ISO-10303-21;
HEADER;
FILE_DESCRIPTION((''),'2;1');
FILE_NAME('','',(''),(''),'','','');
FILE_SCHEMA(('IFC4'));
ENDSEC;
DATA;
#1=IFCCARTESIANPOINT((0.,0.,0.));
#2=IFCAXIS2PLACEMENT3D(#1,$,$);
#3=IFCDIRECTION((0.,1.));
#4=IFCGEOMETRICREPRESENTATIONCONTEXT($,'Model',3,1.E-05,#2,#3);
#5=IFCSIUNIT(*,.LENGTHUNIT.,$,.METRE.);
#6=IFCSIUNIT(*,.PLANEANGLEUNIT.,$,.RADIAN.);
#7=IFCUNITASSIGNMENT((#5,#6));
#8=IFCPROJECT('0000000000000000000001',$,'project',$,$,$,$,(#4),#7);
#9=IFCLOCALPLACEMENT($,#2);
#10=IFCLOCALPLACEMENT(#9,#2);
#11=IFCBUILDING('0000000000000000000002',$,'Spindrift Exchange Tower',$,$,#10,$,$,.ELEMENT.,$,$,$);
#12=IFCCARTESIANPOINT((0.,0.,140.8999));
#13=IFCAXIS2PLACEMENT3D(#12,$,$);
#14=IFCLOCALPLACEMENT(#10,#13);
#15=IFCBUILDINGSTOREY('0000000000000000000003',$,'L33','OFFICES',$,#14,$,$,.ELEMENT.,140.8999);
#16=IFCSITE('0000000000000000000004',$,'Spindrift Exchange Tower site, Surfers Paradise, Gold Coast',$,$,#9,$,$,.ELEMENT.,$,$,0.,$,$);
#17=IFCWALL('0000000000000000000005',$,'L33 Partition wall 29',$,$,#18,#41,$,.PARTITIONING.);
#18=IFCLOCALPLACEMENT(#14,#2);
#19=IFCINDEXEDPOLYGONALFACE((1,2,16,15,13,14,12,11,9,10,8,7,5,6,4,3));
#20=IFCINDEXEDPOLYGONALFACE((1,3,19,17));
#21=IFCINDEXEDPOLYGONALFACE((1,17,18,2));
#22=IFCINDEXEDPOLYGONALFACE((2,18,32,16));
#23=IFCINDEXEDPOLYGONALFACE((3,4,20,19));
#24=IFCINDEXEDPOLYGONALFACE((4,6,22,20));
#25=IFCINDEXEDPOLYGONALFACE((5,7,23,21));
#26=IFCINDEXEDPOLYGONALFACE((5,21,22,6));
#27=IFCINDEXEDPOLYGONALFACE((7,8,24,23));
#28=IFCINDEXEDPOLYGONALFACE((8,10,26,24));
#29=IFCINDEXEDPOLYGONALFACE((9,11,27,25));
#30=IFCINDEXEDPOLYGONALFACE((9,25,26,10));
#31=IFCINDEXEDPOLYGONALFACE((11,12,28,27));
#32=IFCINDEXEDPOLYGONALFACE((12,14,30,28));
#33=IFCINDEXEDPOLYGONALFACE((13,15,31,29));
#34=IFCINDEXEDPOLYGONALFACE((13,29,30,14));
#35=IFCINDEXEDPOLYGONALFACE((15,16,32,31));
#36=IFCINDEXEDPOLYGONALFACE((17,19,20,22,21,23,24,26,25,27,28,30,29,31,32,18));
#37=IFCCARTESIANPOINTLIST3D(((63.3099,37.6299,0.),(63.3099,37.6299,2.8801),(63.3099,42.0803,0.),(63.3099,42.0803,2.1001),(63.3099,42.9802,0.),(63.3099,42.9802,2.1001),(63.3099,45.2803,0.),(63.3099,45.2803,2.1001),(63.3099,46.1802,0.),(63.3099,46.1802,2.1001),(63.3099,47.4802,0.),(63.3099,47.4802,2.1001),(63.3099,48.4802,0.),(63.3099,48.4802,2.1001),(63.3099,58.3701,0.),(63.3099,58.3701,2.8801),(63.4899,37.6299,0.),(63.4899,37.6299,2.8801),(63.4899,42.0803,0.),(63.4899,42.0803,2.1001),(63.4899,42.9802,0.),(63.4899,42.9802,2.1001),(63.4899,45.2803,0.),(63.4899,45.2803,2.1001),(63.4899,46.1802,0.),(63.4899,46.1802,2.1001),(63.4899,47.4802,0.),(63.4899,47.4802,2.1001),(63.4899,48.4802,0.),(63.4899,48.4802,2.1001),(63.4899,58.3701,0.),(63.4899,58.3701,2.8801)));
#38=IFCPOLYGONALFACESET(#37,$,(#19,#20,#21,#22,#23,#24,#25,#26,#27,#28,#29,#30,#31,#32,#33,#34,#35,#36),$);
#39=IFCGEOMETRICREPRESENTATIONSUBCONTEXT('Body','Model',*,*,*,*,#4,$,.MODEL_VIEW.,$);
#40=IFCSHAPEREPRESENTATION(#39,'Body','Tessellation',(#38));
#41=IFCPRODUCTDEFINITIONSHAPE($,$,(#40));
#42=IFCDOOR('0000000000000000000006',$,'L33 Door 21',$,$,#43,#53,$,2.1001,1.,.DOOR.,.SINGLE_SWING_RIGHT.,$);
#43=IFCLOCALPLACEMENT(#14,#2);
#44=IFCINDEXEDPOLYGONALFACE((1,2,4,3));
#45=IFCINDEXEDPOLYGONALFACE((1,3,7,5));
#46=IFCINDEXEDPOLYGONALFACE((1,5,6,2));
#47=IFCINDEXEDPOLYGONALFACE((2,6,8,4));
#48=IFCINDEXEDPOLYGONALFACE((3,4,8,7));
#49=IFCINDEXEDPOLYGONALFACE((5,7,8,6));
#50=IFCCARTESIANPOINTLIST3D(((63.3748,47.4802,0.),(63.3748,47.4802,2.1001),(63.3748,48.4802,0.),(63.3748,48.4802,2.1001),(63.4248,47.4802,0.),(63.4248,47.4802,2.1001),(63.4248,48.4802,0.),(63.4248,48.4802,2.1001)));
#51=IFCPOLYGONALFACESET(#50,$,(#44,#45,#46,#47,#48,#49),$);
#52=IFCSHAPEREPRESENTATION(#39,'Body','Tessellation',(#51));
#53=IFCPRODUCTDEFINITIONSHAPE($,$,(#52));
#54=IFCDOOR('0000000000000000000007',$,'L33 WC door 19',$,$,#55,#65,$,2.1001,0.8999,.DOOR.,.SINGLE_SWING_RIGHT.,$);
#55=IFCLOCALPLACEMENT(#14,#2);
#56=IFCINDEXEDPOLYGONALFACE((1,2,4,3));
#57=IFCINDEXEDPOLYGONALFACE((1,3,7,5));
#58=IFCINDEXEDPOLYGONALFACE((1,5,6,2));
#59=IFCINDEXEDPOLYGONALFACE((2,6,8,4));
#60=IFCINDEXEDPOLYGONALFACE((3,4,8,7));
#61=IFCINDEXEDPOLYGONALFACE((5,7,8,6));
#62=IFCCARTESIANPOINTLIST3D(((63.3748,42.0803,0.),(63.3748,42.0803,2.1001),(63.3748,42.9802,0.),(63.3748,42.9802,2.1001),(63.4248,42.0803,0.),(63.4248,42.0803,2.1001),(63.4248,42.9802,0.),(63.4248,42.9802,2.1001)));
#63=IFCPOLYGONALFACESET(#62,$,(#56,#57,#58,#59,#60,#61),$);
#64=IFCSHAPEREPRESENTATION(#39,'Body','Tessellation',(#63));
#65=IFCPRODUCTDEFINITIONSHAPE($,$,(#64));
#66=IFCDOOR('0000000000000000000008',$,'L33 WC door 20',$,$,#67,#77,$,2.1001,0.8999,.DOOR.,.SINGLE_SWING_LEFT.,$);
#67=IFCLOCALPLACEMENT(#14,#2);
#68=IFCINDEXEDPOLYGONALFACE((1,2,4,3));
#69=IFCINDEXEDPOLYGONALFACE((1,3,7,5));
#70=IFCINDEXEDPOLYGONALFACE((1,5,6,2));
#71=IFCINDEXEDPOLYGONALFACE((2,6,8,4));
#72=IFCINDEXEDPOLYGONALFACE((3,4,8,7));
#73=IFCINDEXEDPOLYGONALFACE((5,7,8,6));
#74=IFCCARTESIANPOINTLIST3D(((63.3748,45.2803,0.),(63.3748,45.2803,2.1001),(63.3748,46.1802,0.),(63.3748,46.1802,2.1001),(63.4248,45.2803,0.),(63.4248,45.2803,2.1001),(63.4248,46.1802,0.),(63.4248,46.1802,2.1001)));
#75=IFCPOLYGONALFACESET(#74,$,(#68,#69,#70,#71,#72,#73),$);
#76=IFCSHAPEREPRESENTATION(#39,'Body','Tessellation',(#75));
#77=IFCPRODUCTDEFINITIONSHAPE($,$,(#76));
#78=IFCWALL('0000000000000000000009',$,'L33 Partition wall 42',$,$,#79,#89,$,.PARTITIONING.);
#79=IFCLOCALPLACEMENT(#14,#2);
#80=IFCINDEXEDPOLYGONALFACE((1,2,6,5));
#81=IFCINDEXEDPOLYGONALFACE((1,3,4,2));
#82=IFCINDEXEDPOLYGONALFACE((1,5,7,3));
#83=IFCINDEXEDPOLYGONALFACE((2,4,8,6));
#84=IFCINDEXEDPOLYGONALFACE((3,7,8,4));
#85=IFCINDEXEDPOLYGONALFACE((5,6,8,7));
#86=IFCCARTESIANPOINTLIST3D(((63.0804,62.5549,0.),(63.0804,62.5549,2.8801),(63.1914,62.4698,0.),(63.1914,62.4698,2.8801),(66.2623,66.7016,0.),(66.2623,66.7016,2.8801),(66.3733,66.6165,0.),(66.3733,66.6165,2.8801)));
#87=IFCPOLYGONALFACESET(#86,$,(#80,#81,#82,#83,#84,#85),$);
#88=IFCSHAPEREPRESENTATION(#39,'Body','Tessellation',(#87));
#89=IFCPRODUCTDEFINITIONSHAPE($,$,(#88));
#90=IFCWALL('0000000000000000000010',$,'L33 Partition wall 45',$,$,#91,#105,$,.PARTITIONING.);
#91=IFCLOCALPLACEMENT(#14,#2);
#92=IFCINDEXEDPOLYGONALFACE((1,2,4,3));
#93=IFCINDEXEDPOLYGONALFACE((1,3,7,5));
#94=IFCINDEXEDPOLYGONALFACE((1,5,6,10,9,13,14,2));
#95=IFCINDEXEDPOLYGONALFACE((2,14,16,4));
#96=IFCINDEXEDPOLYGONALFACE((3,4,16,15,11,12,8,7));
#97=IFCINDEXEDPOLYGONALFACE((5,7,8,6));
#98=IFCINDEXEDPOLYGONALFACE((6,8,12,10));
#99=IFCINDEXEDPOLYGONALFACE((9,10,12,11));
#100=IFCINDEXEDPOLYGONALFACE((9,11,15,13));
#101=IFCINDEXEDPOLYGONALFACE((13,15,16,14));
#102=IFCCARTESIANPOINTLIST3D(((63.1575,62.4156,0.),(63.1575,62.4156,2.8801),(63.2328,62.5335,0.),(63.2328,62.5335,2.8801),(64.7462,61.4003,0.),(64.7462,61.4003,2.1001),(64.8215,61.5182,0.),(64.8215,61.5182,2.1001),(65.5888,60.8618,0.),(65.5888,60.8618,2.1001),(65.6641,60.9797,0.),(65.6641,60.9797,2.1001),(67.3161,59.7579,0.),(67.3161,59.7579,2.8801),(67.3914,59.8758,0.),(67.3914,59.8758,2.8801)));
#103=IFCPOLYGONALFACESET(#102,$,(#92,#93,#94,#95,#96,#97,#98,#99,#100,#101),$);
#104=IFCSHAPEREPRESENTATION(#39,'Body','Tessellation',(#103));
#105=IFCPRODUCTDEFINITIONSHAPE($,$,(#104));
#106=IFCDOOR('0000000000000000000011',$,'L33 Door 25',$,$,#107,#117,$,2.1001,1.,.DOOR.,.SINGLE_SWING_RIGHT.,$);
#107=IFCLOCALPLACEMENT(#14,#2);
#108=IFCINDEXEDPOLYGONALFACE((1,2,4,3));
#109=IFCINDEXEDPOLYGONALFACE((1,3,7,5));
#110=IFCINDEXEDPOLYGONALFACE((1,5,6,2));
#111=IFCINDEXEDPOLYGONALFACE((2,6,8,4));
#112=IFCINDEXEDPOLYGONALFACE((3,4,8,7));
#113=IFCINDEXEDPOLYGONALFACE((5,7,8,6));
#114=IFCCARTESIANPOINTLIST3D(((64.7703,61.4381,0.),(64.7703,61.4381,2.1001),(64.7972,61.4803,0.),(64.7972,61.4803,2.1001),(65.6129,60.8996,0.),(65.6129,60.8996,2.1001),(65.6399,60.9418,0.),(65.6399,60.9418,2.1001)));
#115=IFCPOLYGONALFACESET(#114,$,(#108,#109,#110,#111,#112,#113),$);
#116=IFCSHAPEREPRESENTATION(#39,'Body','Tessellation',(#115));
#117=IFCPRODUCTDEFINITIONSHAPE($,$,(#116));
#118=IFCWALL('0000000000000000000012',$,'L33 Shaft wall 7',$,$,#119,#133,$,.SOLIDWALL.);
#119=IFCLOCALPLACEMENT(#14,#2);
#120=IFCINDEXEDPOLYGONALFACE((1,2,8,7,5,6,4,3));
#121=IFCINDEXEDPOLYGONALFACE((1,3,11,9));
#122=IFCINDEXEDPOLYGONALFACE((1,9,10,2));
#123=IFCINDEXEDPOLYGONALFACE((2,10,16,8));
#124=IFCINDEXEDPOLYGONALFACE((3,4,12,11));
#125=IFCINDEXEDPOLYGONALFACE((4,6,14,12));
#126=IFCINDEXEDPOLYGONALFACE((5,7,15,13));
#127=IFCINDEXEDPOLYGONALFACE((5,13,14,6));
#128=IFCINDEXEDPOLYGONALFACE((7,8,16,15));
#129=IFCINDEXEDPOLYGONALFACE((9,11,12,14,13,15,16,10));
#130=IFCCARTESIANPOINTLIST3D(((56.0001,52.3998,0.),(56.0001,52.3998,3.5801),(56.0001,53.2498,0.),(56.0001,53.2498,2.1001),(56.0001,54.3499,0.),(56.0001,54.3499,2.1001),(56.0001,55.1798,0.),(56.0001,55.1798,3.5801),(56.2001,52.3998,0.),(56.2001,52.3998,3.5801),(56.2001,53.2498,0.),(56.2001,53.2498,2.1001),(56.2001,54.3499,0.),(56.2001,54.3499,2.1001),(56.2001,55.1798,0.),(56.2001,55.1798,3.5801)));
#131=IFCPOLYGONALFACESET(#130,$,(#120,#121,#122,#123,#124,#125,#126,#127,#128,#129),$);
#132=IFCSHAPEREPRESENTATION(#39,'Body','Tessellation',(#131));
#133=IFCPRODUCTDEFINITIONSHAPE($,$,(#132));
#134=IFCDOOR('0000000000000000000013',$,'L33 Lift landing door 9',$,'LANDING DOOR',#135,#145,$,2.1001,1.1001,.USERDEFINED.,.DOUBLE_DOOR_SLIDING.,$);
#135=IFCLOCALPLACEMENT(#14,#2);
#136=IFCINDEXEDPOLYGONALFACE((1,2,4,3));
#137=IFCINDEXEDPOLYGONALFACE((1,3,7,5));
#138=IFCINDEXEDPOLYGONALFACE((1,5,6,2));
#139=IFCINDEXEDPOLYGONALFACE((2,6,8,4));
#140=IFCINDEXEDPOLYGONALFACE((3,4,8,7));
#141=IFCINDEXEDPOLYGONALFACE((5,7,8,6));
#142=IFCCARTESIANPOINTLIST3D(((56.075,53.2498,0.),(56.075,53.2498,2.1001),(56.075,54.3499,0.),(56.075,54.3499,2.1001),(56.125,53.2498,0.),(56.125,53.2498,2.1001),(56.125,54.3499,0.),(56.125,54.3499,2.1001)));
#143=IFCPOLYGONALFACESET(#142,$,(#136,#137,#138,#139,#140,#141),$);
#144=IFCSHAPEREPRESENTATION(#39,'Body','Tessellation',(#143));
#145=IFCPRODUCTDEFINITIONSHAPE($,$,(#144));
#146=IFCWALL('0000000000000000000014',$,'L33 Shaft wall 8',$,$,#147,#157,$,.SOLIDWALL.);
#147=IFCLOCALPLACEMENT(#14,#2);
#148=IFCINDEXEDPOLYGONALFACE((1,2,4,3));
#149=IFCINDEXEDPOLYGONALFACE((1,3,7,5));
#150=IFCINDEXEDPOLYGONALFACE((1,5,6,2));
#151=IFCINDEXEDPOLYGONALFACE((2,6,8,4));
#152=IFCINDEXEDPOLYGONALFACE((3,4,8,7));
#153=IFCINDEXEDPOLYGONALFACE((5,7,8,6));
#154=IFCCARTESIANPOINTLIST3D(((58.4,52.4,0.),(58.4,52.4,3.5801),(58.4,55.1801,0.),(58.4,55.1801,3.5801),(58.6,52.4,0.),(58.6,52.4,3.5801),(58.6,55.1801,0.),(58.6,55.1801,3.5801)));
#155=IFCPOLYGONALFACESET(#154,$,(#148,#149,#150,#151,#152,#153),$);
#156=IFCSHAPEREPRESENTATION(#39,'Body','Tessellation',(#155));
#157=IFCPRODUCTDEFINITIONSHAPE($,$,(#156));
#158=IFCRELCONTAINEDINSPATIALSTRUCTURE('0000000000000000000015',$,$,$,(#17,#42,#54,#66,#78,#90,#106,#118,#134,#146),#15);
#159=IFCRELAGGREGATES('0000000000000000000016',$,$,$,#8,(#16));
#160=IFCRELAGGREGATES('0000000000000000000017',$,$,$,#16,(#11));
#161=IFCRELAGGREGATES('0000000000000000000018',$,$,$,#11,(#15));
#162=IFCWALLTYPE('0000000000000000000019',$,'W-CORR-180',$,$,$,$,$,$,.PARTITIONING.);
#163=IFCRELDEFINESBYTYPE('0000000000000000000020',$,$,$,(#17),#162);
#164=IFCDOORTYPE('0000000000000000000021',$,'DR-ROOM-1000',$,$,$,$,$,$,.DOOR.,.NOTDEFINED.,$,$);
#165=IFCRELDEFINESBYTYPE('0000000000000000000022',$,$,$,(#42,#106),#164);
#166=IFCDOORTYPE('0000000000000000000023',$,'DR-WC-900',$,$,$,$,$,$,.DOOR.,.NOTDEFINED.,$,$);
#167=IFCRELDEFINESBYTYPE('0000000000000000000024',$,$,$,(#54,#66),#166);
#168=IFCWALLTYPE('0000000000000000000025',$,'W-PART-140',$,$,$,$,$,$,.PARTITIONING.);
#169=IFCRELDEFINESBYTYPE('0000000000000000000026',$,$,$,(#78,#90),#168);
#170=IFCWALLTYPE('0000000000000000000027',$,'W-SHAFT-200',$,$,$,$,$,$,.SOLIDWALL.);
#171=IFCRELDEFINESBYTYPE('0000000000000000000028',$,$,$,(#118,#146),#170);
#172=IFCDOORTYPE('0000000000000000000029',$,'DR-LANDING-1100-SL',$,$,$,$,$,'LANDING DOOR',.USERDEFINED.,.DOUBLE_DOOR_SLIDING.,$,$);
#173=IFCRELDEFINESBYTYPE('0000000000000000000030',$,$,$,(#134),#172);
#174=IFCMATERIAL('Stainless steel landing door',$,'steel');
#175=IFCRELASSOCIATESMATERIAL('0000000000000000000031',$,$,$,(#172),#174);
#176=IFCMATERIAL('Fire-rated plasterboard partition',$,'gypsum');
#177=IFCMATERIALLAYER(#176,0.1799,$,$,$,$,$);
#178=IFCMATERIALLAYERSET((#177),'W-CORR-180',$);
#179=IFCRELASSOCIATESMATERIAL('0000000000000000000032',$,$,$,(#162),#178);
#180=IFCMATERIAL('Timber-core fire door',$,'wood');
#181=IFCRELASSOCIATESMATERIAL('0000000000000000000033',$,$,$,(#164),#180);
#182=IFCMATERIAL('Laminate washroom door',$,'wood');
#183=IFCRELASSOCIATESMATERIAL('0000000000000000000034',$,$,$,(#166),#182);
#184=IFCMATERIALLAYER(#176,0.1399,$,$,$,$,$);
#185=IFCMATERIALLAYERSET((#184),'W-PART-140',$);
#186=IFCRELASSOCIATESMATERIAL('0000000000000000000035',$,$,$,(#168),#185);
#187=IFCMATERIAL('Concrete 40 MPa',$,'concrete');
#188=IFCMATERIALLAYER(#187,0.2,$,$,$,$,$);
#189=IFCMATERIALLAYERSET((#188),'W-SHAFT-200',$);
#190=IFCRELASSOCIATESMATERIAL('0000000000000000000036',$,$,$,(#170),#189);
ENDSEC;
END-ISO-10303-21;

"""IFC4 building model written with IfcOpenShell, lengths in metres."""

from ifc_helpers import new_model, si_unit, direction, frame, frame_2d, origin, place, context, subcontext, project, spatial, rectangle, extrude, source, transform, mapped, material, layer, layer_set, type_object, element, fill, save


model = new_model("IFC4")

# Units and contexts
model_context = context("Model", 3, precision=1e-05, world=origin(), true_north=direction((0.0, 1.0)))
body_context = subcontext(model_context, "Body", "Model", "MODEL_VIEW")
ifc_project = project(units=[si_unit("LENGTHUNIT", "METRE"), si_unit("PLANEANGLEUNIT", "RADIAN")], contexts=[model_context])

# Site, building, storey
site_placement = place(None, origin())
site = spatial("IfcSite", under=ifc_project, at=site_placement, Name="Spindrift Exchange Tower site, Surfers Paradise, Gold Coast", CompositionType="ELEMENT", RefElevation=0.0)
building_placement = place(site_placement, origin())
building = spatial("IfcBuilding", under=site, at=building_placement, Name="Spindrift Exchange Tower", CompositionType="ELEMENT")
storey_placement = place(building_placement, frame((0.0, 0.0, 140.8999)))
storey = spatial("IfcBuildingStorey", under=building, at=storey_placement, Name="L33", Description="OFFICES", CompositionType="ELEMENT", Elevation=140.8999)

# Wall, openings, doors
ifc_material_1 = material(Name="Stainless steel landing door", Category="steel")
door_type_1 = type_object("IfcDoorType", Name="DR-LANDING-1100-SL", ElementType="LANDING DOOR", OperationType="DOUBLE_DOOR_SLIDING", PredefinedType="USERDEFINED", material=ifc_material_1)
shared_shape_1 = source(origin(), body_context, "Body", "SweptSolid", [
    extrude(rectangle(XDim=1.1001, YDim=2.1001, at=frame_2d((0.55, 1.05))), frame((0.0, 0.0249, 0.0), z_axis=(0.0, -1.0, 0.0), x_axis=(1.0, 0.0, 0.0)), (0.0, 0.0, 1.0), 0.05),
])
ifc_material_2 = material(Name="Timber-core fire door", Category="wood")
ifc_material_3 = material(Name="Fire-rated plasterboard partition", Category="gypsum")
ifc_layer_1 = layer(ifc_material_3, 0.1799)
ifc_layer_set_1 = layer_set([ifc_layer_1], Name="W-CORR-180")
wall_type_1 = type_object("IfcWallType", Name="W-CORR-180", PredefinedType="PARTITIONING", material=ifc_layer_set_1)
wall_1_placement = place(storey_placement, frame((63.3999, 58.3701, 0.0), z_axis=(0.0, 0.0, 1.0), x_axis=(0.0, -1.0, 0.0)))
wall_1 = element("IfcWall", 1, at=wall_1_placement, inside=storey, type_object=wall_type_1, Name="L33 Partition wall 29", PredefinedType="PARTITIONING", context=body_context, shape_type="SweptSolid", body=[
    extrude(rectangle(XDim=20.7402, YDim=0.1799, at=frame_2d((10.3701, 0.0))), origin(), (0.0, 0.0, 1.0), 2.8801),
])
opening_1_placement = place(wall_1_placement, frame((15.3899, 0.0, 0.0)))
opening_1 = element("IfcOpeningElement", 2, at=opening_1_placement, cuts=wall_1, PredefinedType="OPENING", context=body_context, shape_type="SweptSolid", body=[
    extrude(rectangle(XDim=0.8999, YDim=2.1001, at=frame_2d((0.45, 1.05))), frame((0.0, 0.0999, 0.0), z_axis=(0.0, -1.0, 0.0), x_axis=(1.0, 0.0, 0.0)), (0.0, 0.0, 1.0), 0.2),
])
opening_2_placement = place(wall_1_placement, frame((12.1899, 0.0, 0.0)))
opening_2 = element("IfcOpeningElement", 3, at=opening_2_placement, cuts=wall_1, PredefinedType="OPENING", context=body_context, shape_type="SweptSolid", body=[
    extrude(rectangle(XDim=0.8999, YDim=2.1001, at=frame_2d((0.45, 1.05))), frame((0.0, 0.0999, 0.0), z_axis=(0.0, -1.0, 0.0), x_axis=(1.0, 0.0, 0.0)), (0.0, 0.0, 1.0), 0.2),
])
opening_3_placement = place(wall_1_placement, frame((9.8899, 0.0, 0.0)))
opening_3 = element("IfcOpeningElement", 4, at=opening_3_placement, cuts=wall_1, PredefinedType="OPENING", context=body_context, shape_type="SweptSolid", body=[
    extrude(rectangle(XDim=1.0, YDim=2.1001, at=frame_2d((0.5, 1.05))), frame((0.0, 0.0999, 0.0), z_axis=(0.0, -1.0, 0.0), x_axis=(1.0, 0.0, 0.0)), (0.0, 0.0, 1.0), 0.2),
])
door_type_2 = type_object("IfcDoorType", Name="DR-ROOM-1000", OperationType="NOTDEFINED", PredefinedType="DOOR", material=ifc_material_2)
shared_shape_2 = source(origin(), body_context, "Body", "SweptSolid", [
    extrude(rectangle(XDim=1.0, YDim=2.1001, at=frame_2d((0.5, 1.05))), frame((0.0, 0.0249, 0.0), z_axis=(0.0, -1.0, 0.0), x_axis=(1.0, 0.0, 0.0)), (0.0, 0.0, 1.0), 0.05),
])
door_1_placement = place(opening_3_placement, origin())
door_1 = element("IfcDoor", 5, at=door_1_placement, inside=storey, type_object=door_type_2, Name="L33 Door 21", OperationType="SINGLE_SWING_RIGHT", OverallHeight=2.1001, OverallWidth=1.0, PredefinedType="DOOR", context=body_context, shape_type="MappedRepresentation", body=[
    mapped(shared_shape_2, transform((0.0, 0.0, 0.0), scale=1.0)),
])
fill(opening_3, door_1)
ifc_material_4 = material(Name="Laminate washroom door", Category="wood")
door_type_3 = type_object("IfcDoorType", Name="DR-WC-900", OperationType="NOTDEFINED", PredefinedType="DOOR", material=ifc_material_4)
shared_shape_3 = source(origin(), body_context, "Body", "SweptSolid", [
    extrude(rectangle(XDim=0.8999, YDim=2.1001, at=frame_2d((0.45, 1.05))), frame((0.0, 0.0249, 0.0), z_axis=(0.0, -1.0, 0.0), x_axis=(1.0, 0.0, 0.0)), (0.0, 0.0, 1.0), 0.05),
])
door_2_placement = place(opening_1_placement, origin())
door_2 = element("IfcDoor", 6, at=door_2_placement, inside=storey, type_object=door_type_3, Name="L33 WC door 19", OperationType="SINGLE_SWING_RIGHT", OverallHeight=2.1001, OverallWidth=0.8999, PredefinedType="DOOR", context=body_context, shape_type="MappedRepresentation", body=[
    mapped(shared_shape_3, transform((0.0, 0.0, 0.0), scale=1.0)),
])
fill(opening_1, door_2)
door_3_placement = place(opening_2_placement, origin())
door_3 = element("IfcDoor", 7, at=door_3_placement, inside=storey, type_object=door_type_3, Name="L33 WC door 20", OperationType="SINGLE_SWING_LEFT", OverallHeight=2.1001, OverallWidth=0.8999, PredefinedType="DOOR", context=body_context, shape_type="MappedRepresentation", body=[
    mapped(shared_shape_3, transform((0.0, 0.0, 0.0), scale=1.0)),
])
fill(opening_2, door_3)

# Wall
ifc_layer_2 = layer(ifc_material_3, 0.1399)
ifc_layer_set_2 = layer_set([ifc_layer_2], Name="W-PART-140")
wall_type_2 = type_object("IfcWallType", Name="W-PART-140", PredefinedType="PARTITIONING", material=ifc_layer_set_2)
wall_2_placement = place(storey_placement, frame((63.136, 62.5125, 0.0), z_axis=(0.0, 0.0, 1.0), x_axis=(0.60876, 0.793354, 0.0)))
element("IfcWall", 8, at=wall_2_placement, inside=storey, type_object=wall_type_2, Name="L33 Partition wall 42", PredefinedType="PARTITIONING", context=body_context, shape_type="SweptSolid", body=[
    extrude(rectangle(XDim=5.2268, YDim=0.1399, at=frame_2d((2.6133, 0.0))), origin(), (0.0, 0.0, 1.0), 2.8801),
])

# Walls, openings, doors
wall_3_placement = place(storey_placement, frame((63.1951, 62.4746, 0.0), z_axis=(0.0, 0.0, 1.0), x_axis=(0.842625, -0.538501, 0.0)))
wall_3 = element("IfcWall", 9, at=wall_3_placement, inside=storey, type_object=wall_type_2, Name="L33 Partition wall 45", PredefinedType="PARTITIONING", context=body_context, shape_type="SweptSolid", body=[
    extrude(rectangle(XDim=4.9353, YDim=0.1399, at=frame_2d((2.4678, 0.0))), origin(), (0.0, 0.0, 1.0), 2.8801),
])
opening_4_placement = place(wall_3_placement, frame((1.8855, 0.0, 0.0)))
opening_4 = element("IfcOpeningElement", 10, at=opening_4_placement, cuts=wall_3, PredefinedType="OPENING", context=body_context, shape_type="SweptSolid", body=[
    extrude(rectangle(XDim=1.0, YDim=2.1001, at=frame_2d((0.5, 1.05))), frame((0.0, 0.0798, 0.0), z_axis=(0.0, -1.0, 0.0), x_axis=(1.0, 0.0, 0.0)), (0.0, 0.0, 1.0), 0.1599),
])
door_4_placement = place(opening_4_placement, origin())
door_4 = element("IfcDoor", 11, at=door_4_placement, inside=storey, type_object=door_type_2, Name="L33 Door 25", OperationType="SINGLE_SWING_RIGHT", OverallHeight=2.1001, OverallWidth=1.0, PredefinedType="DOOR", context=body_context, shape_type="MappedRepresentation", body=[
    mapped(shared_shape_2, transform((0.0, 0.0, 0.0), scale=1.0)),
])
fill(opening_4, door_4)
ifc_material_5 = material(Name="Concrete 40 MPa", Category="concrete")
ifc_layer_3 = layer(ifc_material_5, 0.2)
ifc_layer_set_3 = layer_set([ifc_layer_3], Name="W-SHAFT-200")
wall_type_3 = type_object("IfcWallType", Name="W-SHAFT-200", PredefinedType="SOLIDWALL", material=ifc_layer_set_3)
wall_4_placement = place(storey_placement, frame((56.1001, 55.1799, 0.0), z_axis=(0.0, 0.0, 1.0), x_axis=(0.0, -1.0, 0.0)))
wall_4 = element("IfcWall", 12, at=wall_4_placement, inside=storey, type_object=wall_type_3, Name="L33 Shaft wall 7", PredefinedType="SOLIDWALL", context=body_context, shape_type="SweptSolid", body=[
    extrude(rectangle(XDim=2.78, YDim=0.2, at=frame_2d((1.3901, 0.0))), origin(), (0.0, 0.0, 1.0), 3.5801),
])
opening_5_placement = place(wall_4_placement, frame((0.8301, 0.0, 0.0)))
opening_5 = element("IfcOpeningElement", 13, at=opening_5_placement, cuts=wall_4, PredefinedType="OPENING", context=body_context, shape_type="SweptSolid", body=[
    extrude(rectangle(XDim=1.1001, YDim=2.1001, at=frame_2d((0.55, 1.05))), frame((0.0, 0.1099, 0.0), z_axis=(0.0, -1.0, 0.0), x_axis=(1.0, 0.0, 0.0)), (0.0, 0.0, 1.0), 0.22),
])
door_5_placement = place(opening_5_placement, origin())
door_5 = element("IfcDoor", 14, at=door_5_placement, inside=storey, type_object=door_type_1, Name="L33 Lift landing door 9", ObjectType="LANDING DOOR", OperationType="DOUBLE_DOOR_SLIDING", OverallHeight=2.1001, OverallWidth=1.1001, PredefinedType="USERDEFINED", context=body_context, shape_type="MappedRepresentation", body=[
    mapped(shared_shape_1, transform((0.0, 0.0, 0.0), scale=1.0)),
])
fill(opening_5, door_5)

# Wall
wall_5_placement = place(storey_placement, frame((58.5, 52.3999, 0.0), z_axis=(0.0, 0.0, 1.0), x_axis=(0.0, 1.0, 0.0)))
element("IfcWall", 15, at=wall_5_placement, inside=storey, type_object=wall_type_3, Name="L33 Shaft wall 8", PredefinedType="SOLIDWALL", context=body_context, shape_type="SweptSolid", body=[
    extrude(rectangle(XDim=2.78, YDim=0.2, at=frame_2d((1.3901, 0.0))), origin(), (0.0, 0.0, 1.0), 3.5801),
])

save(model, "model.ifc")
